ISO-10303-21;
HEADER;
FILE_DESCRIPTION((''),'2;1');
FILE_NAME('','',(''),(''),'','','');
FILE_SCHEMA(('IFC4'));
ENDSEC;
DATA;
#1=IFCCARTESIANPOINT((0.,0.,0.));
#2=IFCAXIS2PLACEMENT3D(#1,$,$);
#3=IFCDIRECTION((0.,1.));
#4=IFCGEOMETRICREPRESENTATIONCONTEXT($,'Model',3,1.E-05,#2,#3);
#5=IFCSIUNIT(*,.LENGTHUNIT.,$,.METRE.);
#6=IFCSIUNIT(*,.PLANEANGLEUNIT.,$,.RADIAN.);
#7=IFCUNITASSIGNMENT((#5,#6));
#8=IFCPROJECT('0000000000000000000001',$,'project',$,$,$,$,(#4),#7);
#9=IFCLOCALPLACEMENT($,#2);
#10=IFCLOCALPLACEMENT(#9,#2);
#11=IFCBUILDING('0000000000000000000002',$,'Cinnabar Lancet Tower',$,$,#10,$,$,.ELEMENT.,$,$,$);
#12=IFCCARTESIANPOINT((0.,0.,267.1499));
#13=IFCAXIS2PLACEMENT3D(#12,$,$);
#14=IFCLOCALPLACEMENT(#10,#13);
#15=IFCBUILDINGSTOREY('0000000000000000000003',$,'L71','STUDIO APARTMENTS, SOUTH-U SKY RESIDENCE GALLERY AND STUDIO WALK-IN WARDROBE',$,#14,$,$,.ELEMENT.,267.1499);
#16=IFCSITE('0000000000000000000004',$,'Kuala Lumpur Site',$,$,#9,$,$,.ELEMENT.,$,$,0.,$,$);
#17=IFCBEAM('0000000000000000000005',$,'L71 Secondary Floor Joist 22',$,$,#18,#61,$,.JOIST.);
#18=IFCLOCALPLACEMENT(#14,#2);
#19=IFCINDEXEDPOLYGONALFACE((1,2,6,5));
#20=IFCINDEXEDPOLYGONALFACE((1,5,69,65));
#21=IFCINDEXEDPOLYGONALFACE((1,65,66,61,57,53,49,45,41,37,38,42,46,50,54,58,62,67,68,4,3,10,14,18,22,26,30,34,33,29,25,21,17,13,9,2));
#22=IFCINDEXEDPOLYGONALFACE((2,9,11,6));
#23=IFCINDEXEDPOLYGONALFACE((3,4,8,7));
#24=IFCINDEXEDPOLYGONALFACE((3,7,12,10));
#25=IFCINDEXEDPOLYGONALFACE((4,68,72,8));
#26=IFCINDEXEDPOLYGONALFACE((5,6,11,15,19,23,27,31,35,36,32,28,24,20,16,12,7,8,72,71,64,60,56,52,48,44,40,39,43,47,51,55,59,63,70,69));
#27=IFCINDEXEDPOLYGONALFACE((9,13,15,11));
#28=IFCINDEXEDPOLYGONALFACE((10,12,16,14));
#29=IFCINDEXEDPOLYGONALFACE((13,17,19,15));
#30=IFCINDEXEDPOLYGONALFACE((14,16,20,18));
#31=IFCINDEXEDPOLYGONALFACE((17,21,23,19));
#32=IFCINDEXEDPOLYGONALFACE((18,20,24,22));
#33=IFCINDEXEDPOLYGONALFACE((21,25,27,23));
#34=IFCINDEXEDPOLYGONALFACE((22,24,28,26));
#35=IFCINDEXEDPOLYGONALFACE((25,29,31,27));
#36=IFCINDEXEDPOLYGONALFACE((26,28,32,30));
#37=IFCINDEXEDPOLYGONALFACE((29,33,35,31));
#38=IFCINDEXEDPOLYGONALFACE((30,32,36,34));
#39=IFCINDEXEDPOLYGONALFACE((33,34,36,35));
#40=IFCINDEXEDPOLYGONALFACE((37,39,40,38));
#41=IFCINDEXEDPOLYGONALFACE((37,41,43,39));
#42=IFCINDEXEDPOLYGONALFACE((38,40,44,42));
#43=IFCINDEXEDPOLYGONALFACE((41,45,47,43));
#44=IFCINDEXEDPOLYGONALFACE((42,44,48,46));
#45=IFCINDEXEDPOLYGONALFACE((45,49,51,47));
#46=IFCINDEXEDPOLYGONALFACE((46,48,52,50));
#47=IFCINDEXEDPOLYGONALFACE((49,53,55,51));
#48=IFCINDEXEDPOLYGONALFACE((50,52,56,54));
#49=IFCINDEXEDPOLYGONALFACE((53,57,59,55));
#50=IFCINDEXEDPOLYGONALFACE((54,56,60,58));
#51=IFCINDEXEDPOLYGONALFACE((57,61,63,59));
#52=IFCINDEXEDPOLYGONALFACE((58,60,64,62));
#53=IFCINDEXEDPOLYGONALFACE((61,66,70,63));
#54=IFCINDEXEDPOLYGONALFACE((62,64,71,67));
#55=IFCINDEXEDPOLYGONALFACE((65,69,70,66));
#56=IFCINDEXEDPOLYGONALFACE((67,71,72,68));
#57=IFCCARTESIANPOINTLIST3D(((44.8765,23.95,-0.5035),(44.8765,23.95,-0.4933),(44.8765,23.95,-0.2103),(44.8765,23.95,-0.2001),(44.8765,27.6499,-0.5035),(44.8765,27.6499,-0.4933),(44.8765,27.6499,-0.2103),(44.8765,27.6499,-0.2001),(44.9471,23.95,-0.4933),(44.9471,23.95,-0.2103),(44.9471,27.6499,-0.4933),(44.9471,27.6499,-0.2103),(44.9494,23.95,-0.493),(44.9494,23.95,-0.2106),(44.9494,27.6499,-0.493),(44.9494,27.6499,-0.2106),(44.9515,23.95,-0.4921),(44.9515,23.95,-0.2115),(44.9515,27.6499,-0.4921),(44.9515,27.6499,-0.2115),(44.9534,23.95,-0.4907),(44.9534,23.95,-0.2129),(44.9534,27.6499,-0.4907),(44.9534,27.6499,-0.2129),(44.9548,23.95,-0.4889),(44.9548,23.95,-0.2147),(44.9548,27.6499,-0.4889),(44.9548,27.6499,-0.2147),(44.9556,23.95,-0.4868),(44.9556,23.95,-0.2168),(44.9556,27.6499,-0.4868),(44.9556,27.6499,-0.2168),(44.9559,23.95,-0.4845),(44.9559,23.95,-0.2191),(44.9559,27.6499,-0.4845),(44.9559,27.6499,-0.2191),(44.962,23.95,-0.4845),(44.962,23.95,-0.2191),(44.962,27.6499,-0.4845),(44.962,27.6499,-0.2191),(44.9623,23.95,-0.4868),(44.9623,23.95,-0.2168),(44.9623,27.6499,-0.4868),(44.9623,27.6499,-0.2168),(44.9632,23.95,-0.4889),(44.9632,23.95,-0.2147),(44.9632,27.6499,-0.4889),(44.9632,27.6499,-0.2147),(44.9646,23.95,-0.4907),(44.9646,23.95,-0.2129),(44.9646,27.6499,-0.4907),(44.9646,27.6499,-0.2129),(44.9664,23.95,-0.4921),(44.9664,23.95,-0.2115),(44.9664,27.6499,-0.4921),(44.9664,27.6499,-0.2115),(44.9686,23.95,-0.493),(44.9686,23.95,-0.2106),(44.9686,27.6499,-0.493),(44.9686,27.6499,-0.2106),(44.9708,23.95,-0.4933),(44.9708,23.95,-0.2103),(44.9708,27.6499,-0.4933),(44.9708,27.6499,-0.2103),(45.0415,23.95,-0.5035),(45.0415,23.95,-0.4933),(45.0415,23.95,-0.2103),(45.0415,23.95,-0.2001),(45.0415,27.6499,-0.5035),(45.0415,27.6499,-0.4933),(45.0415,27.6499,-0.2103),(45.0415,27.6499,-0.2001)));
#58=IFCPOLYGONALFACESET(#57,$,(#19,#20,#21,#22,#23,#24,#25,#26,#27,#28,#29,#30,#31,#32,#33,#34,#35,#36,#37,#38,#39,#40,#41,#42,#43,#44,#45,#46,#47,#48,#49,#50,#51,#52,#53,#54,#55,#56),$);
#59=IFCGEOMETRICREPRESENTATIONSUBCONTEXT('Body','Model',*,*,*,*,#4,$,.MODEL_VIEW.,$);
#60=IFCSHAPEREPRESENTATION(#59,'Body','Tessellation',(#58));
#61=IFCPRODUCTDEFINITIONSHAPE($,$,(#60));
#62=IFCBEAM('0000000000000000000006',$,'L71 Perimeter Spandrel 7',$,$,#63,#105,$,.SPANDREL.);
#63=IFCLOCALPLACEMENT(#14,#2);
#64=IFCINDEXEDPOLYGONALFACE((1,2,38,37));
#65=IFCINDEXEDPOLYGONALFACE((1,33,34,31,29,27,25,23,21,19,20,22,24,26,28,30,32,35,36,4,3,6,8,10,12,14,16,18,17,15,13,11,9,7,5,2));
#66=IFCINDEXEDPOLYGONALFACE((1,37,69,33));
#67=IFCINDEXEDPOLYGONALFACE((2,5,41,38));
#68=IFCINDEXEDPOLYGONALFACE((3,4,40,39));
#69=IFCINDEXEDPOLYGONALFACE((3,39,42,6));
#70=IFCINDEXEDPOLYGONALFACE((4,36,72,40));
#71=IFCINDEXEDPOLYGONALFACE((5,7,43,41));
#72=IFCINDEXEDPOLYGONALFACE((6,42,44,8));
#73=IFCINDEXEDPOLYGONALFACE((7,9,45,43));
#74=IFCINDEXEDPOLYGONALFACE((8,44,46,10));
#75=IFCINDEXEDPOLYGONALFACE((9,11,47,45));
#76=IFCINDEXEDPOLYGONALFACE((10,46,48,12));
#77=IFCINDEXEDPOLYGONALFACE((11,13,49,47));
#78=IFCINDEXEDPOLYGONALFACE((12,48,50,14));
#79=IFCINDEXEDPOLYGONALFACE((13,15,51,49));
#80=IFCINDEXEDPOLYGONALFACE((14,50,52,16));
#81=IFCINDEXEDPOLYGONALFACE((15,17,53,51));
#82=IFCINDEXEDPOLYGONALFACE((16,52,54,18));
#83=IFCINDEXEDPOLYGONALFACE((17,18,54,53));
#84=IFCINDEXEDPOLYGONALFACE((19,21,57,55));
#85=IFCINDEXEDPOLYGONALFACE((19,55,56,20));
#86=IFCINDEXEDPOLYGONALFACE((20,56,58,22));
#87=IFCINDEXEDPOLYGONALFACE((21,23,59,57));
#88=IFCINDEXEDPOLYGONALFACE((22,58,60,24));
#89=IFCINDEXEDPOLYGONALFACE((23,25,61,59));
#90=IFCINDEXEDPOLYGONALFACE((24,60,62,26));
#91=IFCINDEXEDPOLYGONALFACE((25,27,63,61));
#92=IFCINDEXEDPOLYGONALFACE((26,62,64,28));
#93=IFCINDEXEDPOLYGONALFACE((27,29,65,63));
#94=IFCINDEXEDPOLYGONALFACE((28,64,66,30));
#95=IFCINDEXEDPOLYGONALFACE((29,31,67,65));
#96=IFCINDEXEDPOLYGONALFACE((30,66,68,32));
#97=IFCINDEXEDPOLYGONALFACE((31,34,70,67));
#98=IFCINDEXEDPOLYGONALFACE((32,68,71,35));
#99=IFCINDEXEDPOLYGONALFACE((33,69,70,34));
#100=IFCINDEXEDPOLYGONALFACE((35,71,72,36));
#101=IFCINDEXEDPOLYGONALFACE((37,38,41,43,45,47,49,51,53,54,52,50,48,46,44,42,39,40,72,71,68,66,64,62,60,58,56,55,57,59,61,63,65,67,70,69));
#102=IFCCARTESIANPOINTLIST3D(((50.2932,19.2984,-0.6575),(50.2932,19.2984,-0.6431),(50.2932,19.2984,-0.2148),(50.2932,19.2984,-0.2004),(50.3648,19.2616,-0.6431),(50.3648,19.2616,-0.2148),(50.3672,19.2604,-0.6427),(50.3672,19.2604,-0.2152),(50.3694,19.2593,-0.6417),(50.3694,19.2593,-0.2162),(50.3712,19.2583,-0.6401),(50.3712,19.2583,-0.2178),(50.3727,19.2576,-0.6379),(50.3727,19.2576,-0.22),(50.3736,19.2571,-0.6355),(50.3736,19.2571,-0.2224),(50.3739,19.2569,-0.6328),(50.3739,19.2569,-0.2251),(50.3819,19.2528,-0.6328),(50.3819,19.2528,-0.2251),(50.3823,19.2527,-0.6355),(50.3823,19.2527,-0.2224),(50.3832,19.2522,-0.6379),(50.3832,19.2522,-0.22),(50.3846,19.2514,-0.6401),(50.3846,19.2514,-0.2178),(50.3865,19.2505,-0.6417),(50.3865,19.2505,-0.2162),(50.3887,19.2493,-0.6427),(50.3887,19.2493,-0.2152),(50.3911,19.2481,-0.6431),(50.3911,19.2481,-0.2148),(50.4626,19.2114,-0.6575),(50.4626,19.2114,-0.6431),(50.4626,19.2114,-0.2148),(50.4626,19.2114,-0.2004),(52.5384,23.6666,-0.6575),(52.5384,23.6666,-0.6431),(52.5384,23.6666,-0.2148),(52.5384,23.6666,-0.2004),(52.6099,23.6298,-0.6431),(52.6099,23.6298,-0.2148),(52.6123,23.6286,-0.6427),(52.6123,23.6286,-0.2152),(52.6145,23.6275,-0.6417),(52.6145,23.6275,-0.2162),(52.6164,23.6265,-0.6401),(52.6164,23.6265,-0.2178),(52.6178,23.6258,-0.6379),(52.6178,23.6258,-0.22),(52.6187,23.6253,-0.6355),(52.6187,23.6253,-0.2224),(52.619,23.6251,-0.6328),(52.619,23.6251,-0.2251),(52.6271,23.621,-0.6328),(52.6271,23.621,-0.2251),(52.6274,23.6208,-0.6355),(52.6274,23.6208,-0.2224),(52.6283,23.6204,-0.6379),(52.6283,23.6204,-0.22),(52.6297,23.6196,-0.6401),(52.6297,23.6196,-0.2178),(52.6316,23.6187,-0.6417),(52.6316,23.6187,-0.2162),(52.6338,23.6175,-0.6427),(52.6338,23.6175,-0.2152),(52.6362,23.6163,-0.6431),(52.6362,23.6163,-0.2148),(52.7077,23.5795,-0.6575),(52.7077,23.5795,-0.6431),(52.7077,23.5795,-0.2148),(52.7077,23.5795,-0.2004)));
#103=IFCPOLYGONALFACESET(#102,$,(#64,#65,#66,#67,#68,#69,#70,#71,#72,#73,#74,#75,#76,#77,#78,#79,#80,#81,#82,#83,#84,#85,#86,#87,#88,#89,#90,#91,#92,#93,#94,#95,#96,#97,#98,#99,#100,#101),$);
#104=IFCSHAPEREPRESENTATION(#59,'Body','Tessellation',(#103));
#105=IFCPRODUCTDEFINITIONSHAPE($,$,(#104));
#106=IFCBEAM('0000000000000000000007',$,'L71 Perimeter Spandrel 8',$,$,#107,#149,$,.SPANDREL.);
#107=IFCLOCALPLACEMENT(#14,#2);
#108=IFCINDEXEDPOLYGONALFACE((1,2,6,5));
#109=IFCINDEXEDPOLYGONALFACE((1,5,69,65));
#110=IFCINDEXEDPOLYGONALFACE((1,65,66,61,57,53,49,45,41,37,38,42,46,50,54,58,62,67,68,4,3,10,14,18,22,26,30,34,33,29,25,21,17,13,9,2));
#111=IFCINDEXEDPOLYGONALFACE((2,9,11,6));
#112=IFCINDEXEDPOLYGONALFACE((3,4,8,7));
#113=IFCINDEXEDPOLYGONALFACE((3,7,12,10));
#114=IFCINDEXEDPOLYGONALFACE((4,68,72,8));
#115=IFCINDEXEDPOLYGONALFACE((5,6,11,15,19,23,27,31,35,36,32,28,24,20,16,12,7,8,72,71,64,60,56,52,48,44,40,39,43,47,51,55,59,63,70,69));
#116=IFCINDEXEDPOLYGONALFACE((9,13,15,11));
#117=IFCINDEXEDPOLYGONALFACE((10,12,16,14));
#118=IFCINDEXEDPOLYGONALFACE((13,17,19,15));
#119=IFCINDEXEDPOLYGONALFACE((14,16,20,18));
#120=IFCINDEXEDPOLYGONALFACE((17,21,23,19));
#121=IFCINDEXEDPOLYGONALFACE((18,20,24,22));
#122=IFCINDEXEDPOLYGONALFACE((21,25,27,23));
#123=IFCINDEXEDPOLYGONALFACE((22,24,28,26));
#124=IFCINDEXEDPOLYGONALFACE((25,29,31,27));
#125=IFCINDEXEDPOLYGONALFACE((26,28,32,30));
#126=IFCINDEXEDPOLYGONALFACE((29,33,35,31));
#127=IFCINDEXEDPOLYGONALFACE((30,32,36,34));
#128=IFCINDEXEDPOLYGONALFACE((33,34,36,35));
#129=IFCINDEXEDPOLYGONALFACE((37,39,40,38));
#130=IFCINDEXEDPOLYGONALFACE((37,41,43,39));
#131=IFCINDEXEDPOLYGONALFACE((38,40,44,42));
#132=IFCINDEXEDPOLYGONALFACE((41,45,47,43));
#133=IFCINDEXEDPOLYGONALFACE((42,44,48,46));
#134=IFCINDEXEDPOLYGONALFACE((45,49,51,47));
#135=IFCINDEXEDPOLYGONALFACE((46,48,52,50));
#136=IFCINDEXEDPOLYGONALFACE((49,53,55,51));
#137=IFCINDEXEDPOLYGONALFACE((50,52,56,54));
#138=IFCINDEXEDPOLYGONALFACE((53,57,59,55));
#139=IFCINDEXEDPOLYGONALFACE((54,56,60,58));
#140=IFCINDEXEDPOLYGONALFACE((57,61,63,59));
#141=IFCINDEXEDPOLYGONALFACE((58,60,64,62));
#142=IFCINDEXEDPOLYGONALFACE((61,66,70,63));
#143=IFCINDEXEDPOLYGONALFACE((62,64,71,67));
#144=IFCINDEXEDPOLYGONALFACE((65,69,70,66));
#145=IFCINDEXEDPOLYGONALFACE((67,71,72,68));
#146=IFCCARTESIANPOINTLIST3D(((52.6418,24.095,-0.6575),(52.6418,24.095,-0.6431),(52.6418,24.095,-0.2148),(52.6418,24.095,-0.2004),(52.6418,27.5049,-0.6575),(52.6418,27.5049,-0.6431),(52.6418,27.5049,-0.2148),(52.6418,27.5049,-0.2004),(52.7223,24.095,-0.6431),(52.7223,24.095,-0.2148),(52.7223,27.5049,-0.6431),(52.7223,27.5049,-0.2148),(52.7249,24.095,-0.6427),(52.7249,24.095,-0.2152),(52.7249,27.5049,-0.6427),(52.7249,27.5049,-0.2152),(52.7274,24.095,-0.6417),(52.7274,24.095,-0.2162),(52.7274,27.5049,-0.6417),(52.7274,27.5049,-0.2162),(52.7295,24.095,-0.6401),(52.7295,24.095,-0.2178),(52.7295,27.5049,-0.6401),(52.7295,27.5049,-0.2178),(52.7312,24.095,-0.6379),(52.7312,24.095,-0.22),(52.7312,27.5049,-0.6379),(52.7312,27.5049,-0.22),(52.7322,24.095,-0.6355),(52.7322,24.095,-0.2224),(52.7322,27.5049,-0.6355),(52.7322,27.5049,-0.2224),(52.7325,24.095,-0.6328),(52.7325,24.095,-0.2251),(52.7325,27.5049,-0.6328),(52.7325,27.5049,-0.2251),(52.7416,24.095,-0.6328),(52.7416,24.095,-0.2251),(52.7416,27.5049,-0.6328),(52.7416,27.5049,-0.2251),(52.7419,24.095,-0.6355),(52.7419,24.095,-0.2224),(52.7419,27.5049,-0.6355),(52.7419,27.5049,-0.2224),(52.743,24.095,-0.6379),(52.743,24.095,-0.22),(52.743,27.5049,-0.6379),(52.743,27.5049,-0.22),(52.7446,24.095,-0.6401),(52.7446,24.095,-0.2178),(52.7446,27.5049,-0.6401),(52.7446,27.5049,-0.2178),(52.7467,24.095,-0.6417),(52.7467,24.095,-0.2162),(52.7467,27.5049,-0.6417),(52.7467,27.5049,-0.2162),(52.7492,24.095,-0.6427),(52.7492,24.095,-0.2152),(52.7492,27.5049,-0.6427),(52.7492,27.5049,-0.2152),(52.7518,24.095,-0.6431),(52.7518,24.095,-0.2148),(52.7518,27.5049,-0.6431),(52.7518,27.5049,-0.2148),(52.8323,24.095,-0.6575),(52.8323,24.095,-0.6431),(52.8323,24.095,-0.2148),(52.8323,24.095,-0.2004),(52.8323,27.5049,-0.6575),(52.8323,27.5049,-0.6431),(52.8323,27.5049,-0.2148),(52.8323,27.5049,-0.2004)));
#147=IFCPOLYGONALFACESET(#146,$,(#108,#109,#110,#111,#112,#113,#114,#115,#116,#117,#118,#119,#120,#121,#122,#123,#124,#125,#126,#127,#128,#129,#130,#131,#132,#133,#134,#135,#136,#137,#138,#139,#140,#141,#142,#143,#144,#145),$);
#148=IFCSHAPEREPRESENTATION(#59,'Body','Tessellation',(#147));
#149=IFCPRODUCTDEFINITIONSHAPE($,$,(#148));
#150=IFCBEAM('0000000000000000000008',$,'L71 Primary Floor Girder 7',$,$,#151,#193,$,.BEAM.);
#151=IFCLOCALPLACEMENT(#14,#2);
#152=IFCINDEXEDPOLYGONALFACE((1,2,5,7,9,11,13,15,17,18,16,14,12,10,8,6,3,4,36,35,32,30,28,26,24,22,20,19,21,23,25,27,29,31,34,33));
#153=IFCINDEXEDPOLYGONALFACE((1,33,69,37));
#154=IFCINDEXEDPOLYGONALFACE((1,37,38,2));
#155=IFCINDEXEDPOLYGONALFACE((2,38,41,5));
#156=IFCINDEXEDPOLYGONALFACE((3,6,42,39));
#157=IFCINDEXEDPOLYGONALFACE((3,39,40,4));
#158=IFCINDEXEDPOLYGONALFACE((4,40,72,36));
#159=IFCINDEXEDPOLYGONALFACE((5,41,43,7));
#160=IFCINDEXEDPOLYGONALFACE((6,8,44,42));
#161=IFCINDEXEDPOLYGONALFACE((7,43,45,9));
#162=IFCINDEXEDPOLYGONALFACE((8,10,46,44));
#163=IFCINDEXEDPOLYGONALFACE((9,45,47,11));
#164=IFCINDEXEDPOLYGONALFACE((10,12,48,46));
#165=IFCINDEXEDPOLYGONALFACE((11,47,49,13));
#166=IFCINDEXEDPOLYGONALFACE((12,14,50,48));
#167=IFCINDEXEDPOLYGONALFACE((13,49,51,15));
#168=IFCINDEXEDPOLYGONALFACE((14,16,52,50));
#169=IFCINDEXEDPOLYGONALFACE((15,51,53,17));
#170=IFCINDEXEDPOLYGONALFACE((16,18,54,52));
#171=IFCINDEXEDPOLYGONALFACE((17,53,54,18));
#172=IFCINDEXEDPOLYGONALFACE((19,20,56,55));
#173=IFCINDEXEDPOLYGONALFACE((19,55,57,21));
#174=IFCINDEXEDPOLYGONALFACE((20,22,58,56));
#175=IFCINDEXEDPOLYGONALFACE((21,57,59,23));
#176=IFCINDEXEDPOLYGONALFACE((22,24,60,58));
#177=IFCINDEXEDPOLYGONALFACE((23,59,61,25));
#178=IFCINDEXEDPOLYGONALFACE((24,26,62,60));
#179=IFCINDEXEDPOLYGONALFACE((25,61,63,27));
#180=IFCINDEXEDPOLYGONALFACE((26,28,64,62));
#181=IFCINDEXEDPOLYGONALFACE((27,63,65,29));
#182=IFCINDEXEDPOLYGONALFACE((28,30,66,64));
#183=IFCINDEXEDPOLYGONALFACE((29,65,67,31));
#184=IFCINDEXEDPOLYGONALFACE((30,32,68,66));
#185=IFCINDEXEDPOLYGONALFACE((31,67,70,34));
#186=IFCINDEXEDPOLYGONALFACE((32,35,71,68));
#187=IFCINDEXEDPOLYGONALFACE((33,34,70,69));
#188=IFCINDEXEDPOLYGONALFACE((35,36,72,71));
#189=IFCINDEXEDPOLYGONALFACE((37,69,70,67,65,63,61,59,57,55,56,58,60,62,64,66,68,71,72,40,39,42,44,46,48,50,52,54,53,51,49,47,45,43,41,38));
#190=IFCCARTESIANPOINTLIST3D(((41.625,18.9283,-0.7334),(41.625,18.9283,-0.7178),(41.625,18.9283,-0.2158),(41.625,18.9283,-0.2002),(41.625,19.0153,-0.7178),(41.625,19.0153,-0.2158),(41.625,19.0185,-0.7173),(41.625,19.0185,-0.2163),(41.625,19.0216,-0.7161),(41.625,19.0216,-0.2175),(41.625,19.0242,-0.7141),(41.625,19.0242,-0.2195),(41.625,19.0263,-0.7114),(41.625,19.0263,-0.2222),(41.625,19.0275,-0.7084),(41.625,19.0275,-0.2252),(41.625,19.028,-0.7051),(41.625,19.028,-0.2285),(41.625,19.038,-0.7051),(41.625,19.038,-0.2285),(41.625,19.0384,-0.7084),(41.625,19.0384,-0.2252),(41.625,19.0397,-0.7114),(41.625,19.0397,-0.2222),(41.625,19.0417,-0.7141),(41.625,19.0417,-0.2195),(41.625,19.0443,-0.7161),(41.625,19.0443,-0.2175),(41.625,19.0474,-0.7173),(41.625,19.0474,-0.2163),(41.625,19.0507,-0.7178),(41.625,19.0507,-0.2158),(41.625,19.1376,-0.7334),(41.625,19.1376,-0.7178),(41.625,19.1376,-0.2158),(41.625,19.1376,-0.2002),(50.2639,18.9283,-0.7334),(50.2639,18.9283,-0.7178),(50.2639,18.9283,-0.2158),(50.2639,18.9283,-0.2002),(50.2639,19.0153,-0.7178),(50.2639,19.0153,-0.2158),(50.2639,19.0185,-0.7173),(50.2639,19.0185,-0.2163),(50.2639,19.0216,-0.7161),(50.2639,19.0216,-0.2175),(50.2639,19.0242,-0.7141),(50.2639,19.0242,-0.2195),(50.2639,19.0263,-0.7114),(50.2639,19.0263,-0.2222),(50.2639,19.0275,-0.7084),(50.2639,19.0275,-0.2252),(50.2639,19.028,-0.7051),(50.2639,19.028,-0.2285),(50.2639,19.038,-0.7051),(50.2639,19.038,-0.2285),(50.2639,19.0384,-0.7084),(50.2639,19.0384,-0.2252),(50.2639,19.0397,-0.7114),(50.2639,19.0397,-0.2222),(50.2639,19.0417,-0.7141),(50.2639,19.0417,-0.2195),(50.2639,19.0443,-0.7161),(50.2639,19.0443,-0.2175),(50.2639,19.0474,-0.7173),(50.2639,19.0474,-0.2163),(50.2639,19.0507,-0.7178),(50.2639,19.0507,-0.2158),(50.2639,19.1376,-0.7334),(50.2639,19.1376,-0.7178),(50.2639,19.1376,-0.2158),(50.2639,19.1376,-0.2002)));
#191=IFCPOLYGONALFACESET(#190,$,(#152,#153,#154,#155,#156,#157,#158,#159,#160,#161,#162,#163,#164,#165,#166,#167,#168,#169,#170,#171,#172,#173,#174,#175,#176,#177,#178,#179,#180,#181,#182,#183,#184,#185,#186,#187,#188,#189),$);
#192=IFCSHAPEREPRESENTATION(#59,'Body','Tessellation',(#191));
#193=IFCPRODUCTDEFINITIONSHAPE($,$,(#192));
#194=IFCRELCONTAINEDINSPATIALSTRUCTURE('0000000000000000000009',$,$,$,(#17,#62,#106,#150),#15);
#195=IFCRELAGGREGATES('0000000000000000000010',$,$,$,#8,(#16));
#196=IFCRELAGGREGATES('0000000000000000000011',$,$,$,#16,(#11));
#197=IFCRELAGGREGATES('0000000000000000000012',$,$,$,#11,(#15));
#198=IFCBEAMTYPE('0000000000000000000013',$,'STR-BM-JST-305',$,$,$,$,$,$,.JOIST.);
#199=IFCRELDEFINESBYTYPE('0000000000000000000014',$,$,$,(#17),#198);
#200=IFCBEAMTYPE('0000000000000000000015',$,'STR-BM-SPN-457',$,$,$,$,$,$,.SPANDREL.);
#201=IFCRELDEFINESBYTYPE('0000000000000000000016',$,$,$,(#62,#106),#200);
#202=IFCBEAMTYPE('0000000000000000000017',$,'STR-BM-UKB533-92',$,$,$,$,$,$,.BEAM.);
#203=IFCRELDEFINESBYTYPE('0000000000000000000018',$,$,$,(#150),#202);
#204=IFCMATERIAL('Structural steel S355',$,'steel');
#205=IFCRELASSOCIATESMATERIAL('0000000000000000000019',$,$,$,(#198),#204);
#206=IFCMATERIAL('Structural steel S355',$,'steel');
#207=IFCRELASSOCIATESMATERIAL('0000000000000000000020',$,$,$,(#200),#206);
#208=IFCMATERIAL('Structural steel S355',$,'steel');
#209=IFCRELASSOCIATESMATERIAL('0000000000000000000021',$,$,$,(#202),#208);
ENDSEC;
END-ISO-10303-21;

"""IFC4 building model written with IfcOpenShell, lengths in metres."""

from ifc_helpers import new_model, si_unit, direction, frame, origin, origin_2d, place, context, subcontext, project, spatial, i_section, extrude, material, material_profile, profile_set, type_object, element, save


model = new_model("IFC4")

# Units and contexts
model_context = context("Model", 3, precision=1e-05, world=origin(), true_north=direction((0.0, 1.0)))
body_context = subcontext(model_context, "Body", "Model", "MODEL_VIEW")
ifc_project = project(units=[si_unit("LENGTHUNIT", "METRE"), si_unit("PLANEANGLEUNIT", "RADIAN")], contexts=[model_context])

# Site, building, storey
site_placement = place(None, origin())
site = spatial("IfcSite", under=ifc_project, at=site_placement, Name="Kuala Lumpur Site", CompositionType="ELEMENT", RefElevation=0.0)
building_placement = place(site_placement, origin())
building = spatial("IfcBuilding", under=site, at=building_placement, Name="Cinnabar Lancet Tower", CompositionType="ELEMENT")
storey_placement = place(building_placement, frame((0.0, 0.0, 267.1499)))
storey = spatial("IfcBuildingStorey", under=building, at=storey_placement, Name="L71", Description="STUDIO APARTMENTS, SOUTH-U SKY RESIDENCE GALLERY AND STUDIO WALK-IN WARDROBE", CompositionType="ELEMENT", Elevation=267.1499)

# Beams
ifc_material_1 = material(Name="Structural steel S355", Category="steel")
ifc_material_profile_1 = material_profile(ifc_material_1, i_section(OverallWidth=0.165, OverallDepth=0.3035, WebThickness=0.0061, FlangeThickness=0.0103, FilletRadius=0.0088, at=origin_2d()), Name="UKB 305x165x40")
ifc_profile_set_1 = profile_set([ifc_material_profile_1], Name="Structural steel S355")
beam_type_1 = type_object("IfcBeamType", Name="STR-BM-JST-305", PredefinedType="JOIST", material=ifc_profile_set_1)
for number, where, z_axis, x_axis, name in (
    (1, (44.959, 23.95, -0.3518), (0.0, 1.0, 0.0), (-1.0, 0.0, 0.0), "L71 Secondary Floor Joist 22"),
):
    element("IfcBeam", number, at=place(storey_placement, frame(where, z_axis=z_axis, x_axis=x_axis)), inside=storey, type_object=beam_type_1, Name=name, PredefinedType="JOIST", context=body_context, shape_type="SweptSolid", body=[
        extrude(i_section(OverallWidth=0.165, OverallDepth=0.3035, WebThickness=0.0061, FlangeThickness=0.0103, FilletRadius=0.0088, at=origin_2d()), origin(), (0.0, 0.0, 1.0), 3.7),
    ])
ifc_material_2 = material(Name="Structural steel S355", Category="steel")
ifc_material_profile_2 = material_profile(ifc_material_2, i_section(OverallWidth=0.1904, OverallDepth=0.457, WebThickness=0.009, FlangeThickness=0.0144, FilletRadius=0.0103, at=origin_2d()), Name="UKB 457x191x74")
ifc_profile_set_2 = profile_set([ifc_material_profile_2], Name="Structural steel S355")
beam_type_2 = type_object("IfcBeamType", Name="STR-BM-SPN-457", PredefinedType="SPANDREL", material=ifc_profile_set_2)
beam_1_placement = place(storey_placement, frame((50.3779, 19.2549, -0.429), z_axis=(0.457128, 0.889401, 0.0), x_axis=(-0.889401, 0.457128, 0.0)))
element("IfcBeam", 2, at=beam_1_placement, inside=storey, type_object=beam_type_2, Name="L71 Perimeter Spandrel 7", PredefinedType="SPANDREL", context=body_context, shape_type="SweptSolid", body=[
    extrude(i_section(OverallWidth=0.1904, OverallDepth=0.457, WebThickness=0.009, FlangeThickness=0.0144, FilletRadius=0.0103, at=origin_2d()), origin(), (0.0, 0.0, 1.0), 4.9114),
])
beam_2_placement = place(storey_placement, frame((52.7371, 24.095, -0.429), z_axis=(0.0, 1.0, 0.0), x_axis=(-1.0, 0.0, 0.0)))
element("IfcBeam", 3, at=beam_2_placement, inside=storey, type_object=beam_type_2, Name="L71 Perimeter Spandrel 8", PredefinedType="SPANDREL", context=body_context, shape_type="SweptSolid", body=[
    extrude(i_section(OverallWidth=0.1904, OverallDepth=0.457, WebThickness=0.009, FlangeThickness=0.0144, FilletRadius=0.0103, at=origin_2d()), origin(), (0.0, 0.0, 1.0), 3.4099),
])
ifc_material_3 = material(Name="Structural steel S355", Category="steel")
ifc_material_profile_3 = material_profile(ifc_material_3, i_section(OverallWidth=0.2092, OverallDepth=0.5332, WebThickness=0.01, FlangeThickness=0.0156, FilletRadius=0.0127, at=origin_2d()), Name="UKB 533x210x92")
ifc_profile_set_3 = profile_set([ifc_material_profile_3], Name="Structural steel S355")
beam_type_3 = type_object("IfcBeamType", Name="STR-BM-UKB533-92", PredefinedType="BEAM", material=ifc_profile_set_3)
beam_3_placement = place(storey_placement, frame((50.2639, 19.033, -0.4668), z_axis=(-1.0, 0.0, 0.0), x_axis=(0.0, -1.0, 0.0)))
element("IfcBeam", 4, at=beam_3_placement, inside=storey, type_object=beam_type_3, Name="L71 Primary Floor Girder 7", PredefinedType="BEAM", context=body_context, shape_type="SweptSolid", body=[
    extrude(i_section(OverallWidth=0.2092, OverallDepth=0.5332, WebThickness=0.01, FlangeThickness=0.0156, FilletRadius=0.0127, at=origin_2d()), origin(), (0.0, 0.0, 1.0), 8.6389),
])

save(model, "model.ifc")
